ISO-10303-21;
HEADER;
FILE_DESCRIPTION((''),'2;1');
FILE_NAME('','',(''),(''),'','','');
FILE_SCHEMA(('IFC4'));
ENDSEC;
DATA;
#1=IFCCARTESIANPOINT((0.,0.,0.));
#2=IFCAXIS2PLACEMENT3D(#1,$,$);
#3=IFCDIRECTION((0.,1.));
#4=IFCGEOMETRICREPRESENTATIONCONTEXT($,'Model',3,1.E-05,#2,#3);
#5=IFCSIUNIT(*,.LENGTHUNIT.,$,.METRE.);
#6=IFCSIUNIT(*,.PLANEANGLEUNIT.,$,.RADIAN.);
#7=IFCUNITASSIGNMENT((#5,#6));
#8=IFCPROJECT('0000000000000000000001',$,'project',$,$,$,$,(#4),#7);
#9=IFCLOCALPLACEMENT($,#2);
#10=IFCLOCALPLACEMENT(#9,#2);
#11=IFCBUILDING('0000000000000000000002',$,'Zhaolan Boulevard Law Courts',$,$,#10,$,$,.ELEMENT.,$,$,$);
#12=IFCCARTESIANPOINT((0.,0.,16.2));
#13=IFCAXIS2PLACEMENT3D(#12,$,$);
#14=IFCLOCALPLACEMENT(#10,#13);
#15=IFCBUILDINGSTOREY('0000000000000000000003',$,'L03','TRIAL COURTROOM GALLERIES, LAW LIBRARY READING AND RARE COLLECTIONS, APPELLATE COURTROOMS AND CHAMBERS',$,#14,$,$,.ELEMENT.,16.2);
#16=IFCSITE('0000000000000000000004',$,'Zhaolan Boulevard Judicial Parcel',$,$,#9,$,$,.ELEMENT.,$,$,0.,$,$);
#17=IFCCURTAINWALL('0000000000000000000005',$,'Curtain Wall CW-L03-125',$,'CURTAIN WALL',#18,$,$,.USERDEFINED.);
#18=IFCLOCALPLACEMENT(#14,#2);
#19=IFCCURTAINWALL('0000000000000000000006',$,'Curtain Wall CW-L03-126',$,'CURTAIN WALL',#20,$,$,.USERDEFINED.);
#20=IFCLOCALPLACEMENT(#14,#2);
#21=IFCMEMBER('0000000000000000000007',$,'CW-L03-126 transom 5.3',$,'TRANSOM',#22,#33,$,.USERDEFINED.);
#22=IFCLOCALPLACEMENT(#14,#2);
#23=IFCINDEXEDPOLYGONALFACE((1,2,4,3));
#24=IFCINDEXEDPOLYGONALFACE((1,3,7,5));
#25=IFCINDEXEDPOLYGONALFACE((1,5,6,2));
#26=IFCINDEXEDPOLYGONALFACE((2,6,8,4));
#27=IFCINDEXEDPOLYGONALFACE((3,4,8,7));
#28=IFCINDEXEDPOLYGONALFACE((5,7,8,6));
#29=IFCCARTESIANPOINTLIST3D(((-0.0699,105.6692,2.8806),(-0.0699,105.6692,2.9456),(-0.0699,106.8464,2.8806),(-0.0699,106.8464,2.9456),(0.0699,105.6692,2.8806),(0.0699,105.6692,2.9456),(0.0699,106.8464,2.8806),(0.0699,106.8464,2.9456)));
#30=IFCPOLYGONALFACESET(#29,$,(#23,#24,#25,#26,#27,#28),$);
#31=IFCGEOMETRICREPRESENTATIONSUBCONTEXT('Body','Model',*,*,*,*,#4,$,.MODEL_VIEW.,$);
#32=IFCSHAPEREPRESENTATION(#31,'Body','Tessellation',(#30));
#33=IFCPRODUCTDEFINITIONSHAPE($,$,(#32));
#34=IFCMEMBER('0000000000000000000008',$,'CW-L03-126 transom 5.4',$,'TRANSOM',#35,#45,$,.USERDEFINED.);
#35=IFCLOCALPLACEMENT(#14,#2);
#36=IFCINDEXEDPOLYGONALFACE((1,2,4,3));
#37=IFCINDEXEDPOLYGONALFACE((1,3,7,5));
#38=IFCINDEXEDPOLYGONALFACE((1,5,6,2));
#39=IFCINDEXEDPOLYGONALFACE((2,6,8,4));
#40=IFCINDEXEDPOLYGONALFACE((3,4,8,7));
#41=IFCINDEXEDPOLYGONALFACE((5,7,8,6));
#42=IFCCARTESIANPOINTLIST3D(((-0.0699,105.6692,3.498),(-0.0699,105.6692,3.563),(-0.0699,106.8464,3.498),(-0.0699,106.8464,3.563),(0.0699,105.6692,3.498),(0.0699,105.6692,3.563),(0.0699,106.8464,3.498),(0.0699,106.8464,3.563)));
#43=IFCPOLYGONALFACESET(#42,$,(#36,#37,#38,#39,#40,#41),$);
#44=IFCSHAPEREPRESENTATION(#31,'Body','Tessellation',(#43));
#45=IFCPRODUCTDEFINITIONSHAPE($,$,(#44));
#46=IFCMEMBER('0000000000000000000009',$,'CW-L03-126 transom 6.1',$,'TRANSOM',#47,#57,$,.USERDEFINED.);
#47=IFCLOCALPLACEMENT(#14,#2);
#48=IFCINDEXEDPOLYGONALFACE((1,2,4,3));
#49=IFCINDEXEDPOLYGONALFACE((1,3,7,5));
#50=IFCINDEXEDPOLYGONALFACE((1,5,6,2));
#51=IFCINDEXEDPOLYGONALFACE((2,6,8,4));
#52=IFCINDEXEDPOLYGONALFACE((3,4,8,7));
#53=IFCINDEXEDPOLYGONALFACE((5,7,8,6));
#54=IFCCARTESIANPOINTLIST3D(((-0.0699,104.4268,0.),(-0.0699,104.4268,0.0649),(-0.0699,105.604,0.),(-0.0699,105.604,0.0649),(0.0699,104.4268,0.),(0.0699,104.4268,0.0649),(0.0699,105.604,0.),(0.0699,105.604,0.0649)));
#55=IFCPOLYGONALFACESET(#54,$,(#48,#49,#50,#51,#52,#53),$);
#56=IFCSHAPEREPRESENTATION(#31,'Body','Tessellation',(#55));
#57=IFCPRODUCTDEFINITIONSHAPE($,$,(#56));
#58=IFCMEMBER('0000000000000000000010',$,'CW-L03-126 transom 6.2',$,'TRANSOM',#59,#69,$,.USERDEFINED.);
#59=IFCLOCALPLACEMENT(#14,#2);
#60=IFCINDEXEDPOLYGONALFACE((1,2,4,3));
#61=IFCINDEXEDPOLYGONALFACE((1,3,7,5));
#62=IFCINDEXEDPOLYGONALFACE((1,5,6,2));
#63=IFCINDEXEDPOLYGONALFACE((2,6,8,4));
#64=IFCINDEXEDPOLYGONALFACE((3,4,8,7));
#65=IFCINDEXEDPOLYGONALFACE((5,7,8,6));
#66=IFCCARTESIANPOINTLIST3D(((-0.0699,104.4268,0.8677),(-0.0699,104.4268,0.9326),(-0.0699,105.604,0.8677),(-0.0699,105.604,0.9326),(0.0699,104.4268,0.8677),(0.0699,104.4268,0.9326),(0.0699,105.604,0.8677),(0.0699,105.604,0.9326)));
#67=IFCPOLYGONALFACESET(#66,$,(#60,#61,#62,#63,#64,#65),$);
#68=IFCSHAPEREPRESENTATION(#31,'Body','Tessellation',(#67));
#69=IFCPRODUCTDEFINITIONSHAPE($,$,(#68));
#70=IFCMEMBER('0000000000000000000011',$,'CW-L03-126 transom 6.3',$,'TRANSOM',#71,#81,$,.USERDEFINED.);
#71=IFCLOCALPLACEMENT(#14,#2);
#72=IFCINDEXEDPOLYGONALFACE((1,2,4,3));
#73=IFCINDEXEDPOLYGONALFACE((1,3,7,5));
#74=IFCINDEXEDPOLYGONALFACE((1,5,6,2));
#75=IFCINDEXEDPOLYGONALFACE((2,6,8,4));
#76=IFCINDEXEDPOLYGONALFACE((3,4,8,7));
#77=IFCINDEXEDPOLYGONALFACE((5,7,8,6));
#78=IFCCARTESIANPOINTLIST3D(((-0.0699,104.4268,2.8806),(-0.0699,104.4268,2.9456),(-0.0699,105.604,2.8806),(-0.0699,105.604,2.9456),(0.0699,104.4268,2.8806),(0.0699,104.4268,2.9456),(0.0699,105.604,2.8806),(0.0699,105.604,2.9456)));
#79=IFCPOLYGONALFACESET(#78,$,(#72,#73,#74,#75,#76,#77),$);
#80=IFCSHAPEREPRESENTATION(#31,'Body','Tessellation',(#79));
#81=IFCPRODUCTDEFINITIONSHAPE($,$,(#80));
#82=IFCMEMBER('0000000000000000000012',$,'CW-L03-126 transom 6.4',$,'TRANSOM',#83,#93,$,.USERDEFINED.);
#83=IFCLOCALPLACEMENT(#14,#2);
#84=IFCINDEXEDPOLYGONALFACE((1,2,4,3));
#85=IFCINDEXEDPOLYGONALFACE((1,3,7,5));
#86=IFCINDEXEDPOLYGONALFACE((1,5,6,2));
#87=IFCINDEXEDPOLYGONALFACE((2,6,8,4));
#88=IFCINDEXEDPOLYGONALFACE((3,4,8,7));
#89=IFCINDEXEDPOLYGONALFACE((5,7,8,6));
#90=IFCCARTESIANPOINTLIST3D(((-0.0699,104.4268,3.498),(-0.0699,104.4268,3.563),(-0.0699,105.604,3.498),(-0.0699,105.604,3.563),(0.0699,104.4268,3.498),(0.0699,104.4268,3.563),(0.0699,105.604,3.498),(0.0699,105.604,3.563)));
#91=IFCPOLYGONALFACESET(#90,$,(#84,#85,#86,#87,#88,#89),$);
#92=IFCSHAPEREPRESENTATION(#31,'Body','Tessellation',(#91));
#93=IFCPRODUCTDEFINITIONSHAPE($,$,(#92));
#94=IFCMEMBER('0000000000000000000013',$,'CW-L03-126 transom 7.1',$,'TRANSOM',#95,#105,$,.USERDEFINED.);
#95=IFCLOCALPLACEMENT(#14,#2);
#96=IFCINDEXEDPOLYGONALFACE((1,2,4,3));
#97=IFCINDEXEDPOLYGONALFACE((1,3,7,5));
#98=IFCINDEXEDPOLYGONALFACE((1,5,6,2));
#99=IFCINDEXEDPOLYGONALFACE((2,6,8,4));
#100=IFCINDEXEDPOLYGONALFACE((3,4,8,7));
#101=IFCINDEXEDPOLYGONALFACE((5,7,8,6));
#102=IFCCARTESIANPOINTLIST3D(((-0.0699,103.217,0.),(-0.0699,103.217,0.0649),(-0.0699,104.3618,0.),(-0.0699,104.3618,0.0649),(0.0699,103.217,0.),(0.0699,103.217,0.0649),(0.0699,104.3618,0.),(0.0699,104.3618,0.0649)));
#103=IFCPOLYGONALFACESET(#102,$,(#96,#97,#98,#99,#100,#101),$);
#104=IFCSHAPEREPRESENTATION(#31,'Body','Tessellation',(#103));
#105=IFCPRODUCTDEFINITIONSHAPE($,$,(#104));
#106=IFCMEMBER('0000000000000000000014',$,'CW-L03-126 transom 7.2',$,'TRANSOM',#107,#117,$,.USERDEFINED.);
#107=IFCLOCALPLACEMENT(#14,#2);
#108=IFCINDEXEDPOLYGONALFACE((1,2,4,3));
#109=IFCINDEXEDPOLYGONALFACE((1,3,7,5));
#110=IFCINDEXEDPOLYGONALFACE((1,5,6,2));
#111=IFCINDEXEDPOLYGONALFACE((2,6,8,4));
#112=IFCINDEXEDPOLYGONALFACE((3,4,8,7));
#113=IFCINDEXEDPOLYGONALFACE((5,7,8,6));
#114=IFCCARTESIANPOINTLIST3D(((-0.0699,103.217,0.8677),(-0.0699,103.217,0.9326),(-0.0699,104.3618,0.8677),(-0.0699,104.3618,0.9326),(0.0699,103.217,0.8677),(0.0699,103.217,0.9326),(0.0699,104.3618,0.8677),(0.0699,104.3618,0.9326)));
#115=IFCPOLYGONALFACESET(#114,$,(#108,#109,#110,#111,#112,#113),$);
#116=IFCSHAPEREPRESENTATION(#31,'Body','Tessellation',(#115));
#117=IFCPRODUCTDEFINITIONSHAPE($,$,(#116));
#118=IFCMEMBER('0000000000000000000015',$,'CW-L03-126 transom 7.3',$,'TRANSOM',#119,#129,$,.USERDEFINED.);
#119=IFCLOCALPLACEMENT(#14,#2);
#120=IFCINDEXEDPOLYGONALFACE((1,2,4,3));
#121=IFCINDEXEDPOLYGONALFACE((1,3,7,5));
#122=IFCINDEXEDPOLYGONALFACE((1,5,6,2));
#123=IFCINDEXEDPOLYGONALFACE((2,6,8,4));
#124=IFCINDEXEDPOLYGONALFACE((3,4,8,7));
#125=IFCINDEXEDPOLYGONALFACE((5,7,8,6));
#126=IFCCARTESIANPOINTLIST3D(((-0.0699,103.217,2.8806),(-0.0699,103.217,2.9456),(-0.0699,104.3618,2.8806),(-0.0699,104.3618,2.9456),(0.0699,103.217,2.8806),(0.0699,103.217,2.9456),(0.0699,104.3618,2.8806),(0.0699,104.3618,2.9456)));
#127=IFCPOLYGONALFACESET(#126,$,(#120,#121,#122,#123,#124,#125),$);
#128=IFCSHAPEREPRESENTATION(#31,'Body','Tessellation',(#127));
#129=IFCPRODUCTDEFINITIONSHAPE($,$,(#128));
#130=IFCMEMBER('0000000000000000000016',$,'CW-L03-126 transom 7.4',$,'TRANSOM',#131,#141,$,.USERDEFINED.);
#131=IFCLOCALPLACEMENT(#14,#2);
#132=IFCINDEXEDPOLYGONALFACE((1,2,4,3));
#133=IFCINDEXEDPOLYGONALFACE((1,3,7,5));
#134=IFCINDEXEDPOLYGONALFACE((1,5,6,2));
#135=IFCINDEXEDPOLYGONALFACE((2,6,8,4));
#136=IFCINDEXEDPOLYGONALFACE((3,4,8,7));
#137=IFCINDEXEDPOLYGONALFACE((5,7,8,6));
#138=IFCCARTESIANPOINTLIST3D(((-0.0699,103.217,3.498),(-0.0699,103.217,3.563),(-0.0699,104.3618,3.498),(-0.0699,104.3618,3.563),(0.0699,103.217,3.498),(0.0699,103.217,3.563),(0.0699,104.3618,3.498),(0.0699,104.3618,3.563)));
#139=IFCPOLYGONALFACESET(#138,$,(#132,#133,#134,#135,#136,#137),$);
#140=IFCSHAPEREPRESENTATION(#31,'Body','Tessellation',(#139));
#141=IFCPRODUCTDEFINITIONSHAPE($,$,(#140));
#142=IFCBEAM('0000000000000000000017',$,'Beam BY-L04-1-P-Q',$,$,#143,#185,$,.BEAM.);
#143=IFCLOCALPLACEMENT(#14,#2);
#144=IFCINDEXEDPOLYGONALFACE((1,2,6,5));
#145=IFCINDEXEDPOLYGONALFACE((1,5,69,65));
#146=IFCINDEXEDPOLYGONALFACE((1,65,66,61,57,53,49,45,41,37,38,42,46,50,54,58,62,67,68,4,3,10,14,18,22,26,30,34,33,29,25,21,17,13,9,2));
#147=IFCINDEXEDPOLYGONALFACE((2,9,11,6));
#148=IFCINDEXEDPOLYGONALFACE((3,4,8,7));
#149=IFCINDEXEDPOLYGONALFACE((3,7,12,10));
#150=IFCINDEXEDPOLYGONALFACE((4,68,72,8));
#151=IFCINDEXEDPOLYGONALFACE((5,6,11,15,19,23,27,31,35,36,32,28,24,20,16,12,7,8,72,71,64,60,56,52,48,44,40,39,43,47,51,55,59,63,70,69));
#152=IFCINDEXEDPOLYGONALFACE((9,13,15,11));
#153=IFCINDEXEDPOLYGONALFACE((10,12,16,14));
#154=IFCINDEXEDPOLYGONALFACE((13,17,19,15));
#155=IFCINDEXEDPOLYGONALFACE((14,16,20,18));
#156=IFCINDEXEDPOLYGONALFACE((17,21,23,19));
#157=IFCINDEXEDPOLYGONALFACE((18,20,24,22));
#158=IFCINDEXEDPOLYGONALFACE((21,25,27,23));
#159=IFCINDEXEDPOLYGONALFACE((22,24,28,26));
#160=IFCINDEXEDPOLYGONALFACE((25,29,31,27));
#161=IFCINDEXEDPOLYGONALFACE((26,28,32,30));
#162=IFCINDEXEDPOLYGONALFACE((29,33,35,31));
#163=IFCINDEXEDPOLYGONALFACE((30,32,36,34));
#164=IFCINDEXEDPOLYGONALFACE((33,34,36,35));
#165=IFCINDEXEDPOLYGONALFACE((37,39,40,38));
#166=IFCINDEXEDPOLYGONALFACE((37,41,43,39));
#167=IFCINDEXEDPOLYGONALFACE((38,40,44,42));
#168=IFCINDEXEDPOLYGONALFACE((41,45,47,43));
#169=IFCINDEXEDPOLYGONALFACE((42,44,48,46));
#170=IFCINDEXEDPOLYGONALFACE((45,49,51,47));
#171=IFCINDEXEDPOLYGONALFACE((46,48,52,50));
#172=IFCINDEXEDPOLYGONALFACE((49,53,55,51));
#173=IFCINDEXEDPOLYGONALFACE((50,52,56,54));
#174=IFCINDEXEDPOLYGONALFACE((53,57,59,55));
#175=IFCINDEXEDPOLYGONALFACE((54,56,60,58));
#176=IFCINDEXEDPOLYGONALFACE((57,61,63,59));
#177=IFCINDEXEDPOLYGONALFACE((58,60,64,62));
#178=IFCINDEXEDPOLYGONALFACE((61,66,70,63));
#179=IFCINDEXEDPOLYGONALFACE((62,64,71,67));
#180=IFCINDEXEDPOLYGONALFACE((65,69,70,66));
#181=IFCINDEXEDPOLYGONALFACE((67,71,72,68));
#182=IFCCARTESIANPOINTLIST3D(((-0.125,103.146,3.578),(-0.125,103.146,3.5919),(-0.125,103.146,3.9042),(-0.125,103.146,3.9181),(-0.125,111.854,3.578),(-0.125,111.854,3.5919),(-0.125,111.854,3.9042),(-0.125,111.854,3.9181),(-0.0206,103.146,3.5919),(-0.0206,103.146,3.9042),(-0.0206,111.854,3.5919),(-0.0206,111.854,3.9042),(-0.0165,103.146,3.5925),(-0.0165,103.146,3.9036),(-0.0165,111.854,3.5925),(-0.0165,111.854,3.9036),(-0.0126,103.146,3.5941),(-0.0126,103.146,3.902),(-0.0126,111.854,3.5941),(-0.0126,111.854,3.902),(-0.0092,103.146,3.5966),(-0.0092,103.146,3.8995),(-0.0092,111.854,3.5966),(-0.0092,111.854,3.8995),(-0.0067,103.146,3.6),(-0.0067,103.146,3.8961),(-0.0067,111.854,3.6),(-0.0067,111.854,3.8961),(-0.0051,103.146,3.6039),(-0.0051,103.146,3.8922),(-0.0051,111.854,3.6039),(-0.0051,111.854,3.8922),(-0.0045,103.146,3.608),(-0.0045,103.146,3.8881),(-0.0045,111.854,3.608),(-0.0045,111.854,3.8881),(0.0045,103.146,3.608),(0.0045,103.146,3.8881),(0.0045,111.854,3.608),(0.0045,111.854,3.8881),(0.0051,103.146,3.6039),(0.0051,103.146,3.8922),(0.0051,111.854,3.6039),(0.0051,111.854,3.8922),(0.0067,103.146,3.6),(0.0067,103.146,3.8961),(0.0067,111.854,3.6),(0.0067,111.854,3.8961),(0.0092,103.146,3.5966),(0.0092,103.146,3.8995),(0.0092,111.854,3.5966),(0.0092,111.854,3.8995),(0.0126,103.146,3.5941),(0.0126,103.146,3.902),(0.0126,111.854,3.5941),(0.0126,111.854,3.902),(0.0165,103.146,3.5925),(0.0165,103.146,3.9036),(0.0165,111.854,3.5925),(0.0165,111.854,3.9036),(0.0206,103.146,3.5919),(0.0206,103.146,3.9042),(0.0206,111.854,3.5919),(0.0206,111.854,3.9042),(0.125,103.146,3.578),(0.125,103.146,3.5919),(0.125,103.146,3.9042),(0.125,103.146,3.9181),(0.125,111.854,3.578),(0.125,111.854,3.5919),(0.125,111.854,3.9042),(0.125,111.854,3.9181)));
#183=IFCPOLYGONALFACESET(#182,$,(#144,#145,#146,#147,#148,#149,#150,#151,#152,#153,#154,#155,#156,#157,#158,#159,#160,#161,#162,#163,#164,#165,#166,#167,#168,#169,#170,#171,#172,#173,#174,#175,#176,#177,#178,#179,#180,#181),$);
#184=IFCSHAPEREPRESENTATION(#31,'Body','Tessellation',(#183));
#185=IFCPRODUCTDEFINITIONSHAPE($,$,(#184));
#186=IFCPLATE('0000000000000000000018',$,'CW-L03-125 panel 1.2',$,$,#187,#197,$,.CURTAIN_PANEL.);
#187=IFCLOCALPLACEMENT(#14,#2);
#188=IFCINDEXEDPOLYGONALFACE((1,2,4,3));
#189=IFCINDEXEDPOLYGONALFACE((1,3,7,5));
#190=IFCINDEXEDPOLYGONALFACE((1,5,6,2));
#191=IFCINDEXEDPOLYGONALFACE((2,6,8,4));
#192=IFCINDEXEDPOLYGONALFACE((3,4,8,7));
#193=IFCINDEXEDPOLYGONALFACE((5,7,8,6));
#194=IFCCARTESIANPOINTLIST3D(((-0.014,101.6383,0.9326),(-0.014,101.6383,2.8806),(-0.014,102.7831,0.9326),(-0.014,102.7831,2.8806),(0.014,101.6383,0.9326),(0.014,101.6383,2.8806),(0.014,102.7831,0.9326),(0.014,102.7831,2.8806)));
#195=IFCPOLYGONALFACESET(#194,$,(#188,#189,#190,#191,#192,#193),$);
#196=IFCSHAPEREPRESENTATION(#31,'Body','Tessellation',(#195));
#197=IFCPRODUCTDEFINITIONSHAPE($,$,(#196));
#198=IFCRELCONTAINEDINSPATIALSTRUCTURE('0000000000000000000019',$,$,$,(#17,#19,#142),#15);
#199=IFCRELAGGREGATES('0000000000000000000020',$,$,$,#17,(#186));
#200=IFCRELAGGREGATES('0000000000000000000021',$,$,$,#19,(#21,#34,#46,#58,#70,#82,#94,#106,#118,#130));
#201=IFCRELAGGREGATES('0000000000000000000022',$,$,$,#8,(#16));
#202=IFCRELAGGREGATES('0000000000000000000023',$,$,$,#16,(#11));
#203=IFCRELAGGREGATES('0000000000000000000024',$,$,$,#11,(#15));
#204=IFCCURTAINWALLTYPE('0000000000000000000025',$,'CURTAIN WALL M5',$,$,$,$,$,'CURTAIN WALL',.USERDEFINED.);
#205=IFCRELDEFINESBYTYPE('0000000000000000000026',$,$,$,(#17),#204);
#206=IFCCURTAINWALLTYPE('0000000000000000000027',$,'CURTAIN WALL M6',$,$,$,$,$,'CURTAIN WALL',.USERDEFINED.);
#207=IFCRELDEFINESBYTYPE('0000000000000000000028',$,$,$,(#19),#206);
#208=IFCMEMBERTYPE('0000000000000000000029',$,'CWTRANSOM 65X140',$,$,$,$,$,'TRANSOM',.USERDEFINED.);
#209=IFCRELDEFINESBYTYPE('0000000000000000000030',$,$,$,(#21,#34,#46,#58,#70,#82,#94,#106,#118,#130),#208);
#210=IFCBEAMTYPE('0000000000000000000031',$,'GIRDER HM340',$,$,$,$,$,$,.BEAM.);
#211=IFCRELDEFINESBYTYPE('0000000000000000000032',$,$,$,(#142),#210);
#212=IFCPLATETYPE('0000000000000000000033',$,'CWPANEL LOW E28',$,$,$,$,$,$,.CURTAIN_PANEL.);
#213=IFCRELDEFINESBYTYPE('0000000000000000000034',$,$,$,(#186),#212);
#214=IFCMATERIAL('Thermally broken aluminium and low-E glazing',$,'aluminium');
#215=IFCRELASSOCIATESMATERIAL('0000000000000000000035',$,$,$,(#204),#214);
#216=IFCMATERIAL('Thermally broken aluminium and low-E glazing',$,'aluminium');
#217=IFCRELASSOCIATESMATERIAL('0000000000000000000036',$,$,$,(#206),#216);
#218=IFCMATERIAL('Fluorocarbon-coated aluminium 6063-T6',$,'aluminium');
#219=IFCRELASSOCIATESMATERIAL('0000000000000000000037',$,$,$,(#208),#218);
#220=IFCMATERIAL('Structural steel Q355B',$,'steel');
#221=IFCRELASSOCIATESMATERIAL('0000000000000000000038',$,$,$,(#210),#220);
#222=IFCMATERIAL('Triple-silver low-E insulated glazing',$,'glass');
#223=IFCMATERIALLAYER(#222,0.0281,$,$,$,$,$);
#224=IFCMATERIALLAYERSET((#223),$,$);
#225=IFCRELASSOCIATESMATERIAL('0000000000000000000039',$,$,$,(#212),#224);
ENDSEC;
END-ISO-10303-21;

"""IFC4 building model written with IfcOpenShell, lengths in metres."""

from ifc_helpers import new_model, si_unit, direction, frame, origin, origin_2d, place, context, subcontext, project, spatial, rectangle, i_section, extrude, material, layer, layer_set, material_profile, profile_set, type_object, element, aggregate, save


model = new_model("IFC4")

# Units and contexts
model_context = context("Model", 3, precision=1e-05, world=origin(), true_north=direction((0.0, 1.0)))
body_context = subcontext(model_context, "Body", "Model", "MODEL_VIEW")
ifc_project = project(units=[si_unit("LENGTHUNIT", "METRE"), si_unit("PLANEANGLEUNIT", "RADIAN")], contexts=[model_context])

# Site, building, storey
site_placement = place(None, origin())
site = spatial("IfcSite", under=ifc_project, at=site_placement, Name="Zhaolan Boulevard Judicial Parcel", CompositionType="ELEMENT", RefElevation=0.0)
building_placement = place(site_placement, origin())
building = spatial("IfcBuilding", under=site, at=building_placement, Name="Zhaolan Boulevard Law Courts", CompositionType="ELEMENT")
storey_placement = place(building_placement, frame((0.0, 0.0, 16.2)))
storey = spatial("IfcBuildingStorey", under=building, at=storey_placement, Name="L03", Description="TRIAL COURTROOM GALLERIES, LAW LIBRARY READING AND RARE COLLECTIONS, APPELLATE COURTROOMS AND CHAMBERS", CompositionType="ELEMENT", Elevation=16.2)

# Curtain wall
ifc_material_1 = material(Name="Thermally broken aluminium and low-E glazing", Category="aluminium")
curtain_wall_type_1 = type_object("IfcCurtainWallType", Name="CURTAIN WALL M5", ElementType="CURTAIN WALL", PredefinedType="USERDEFINED", material=ifc_material_1)
curtain_wall_1_placement = place(storey_placement, origin())
curtain_wall_1 = element("IfcCurtainWall", 1, at=curtain_wall_1_placement, inside=storey, type_object=curtain_wall_type_1, Name="Curtain Wall CW-L03-125", ObjectType="CURTAIN WALL", PredefinedType="USERDEFINED")

# Curtain wall
ifc_material_2 = material(Name="Thermally broken aluminium and low-E glazing", Category="aluminium")
curtain_wall_type_2 = type_object("IfcCurtainWallType", Name="CURTAIN WALL M6", ElementType="CURTAIN WALL", PredefinedType="USERDEFINED", material=ifc_material_2)
curtain_wall_2_placement = place(storey_placement, origin())
curtain_wall_2 = element("IfcCurtainWall", 2, at=curtain_wall_2_placement, inside=storey, type_object=curtain_wall_type_2, Name="Curtain Wall CW-L03-126", ObjectType="CURTAIN WALL", PredefinedType="USERDEFINED")

# Members
ifc_material_3 = material(Name="Fluorocarbon-coated aluminium 6063-T6", Category="aluminium")
ifc_material_profile_1 = material_profile(ifc_material_3, rectangle(XDim=0.1399, YDim=0.0649, at=origin_2d()), Name="AL65x140")
ifc_profile_set_1 = profile_set([ifc_material_profile_1], Name="Fluorocarbon-coated aluminium 6063-T6")
member_type_1 = type_object("IfcMemberType", Name="CWTRANSOM 65X140", ElementType="TRANSOM", PredefinedType="USERDEFINED", material=ifc_profile_set_1)
member_1_placement = place(storey_placement, frame((0.0, 106.8464, 2.9131), z_axis=(0.0, -1.0, 0.0), x_axis=(1.0, 0.0, 0.0)))
member_1 = element("IfcMember", 3, at=member_1_placement, type_object=member_type_1, Name="CW-L03-126 transom 5.3", ObjectType="TRANSOM", PredefinedType="USERDEFINED", context=body_context, shape_type="SweptSolid", body=[
    extrude(rectangle(XDim=0.1399, YDim=0.0649, at=origin_2d()), origin(), (0.0, 0.0, 1.0), 1.1772),
])
member_2_placement = place(storey_placement, frame((0.0, 106.8464, 3.5305), z_axis=(0.0, -1.0, 0.0), x_axis=(1.0, 0.0, 0.0)))
member_2 = element("IfcMember", 4, at=member_2_placement, type_object=member_type_1, Name="CW-L03-126 transom 5.4", ObjectType="TRANSOM", PredefinedType="USERDEFINED", context=body_context, shape_type="SweptSolid", body=[
    extrude(rectangle(XDim=0.1399, YDim=0.0649, at=origin_2d()), origin(), (0.0, 0.0, 1.0), 1.1772),
])
member_3_placement = place(storey_placement, frame((0.0, 105.604, 0.0325), z_axis=(0.0, -1.0, 0.0), x_axis=(1.0, 0.0, 0.0)))
member_3 = element("IfcMember", 5, at=member_3_placement, type_object=member_type_1, Name="CW-L03-126 transom 6.1", ObjectType="TRANSOM", PredefinedType="USERDEFINED", context=body_context, shape_type="SweptSolid", body=[
    extrude(rectangle(XDim=0.1399, YDim=0.0649, at=origin_2d()), origin(), (0.0, 0.0, 1.0), 1.1772),
])
member_4_placement = place(storey_placement, frame((0.0, 105.604, 0.9001), z_axis=(0.0, -1.0, 0.0), x_axis=(1.0, 0.0, 0.0)))
member_4 = element("IfcMember", 6, at=member_4_placement, type_object=member_type_1, Name="CW-L03-126 transom 6.2", ObjectType="TRANSOM", PredefinedType="USERDEFINED", context=body_context, shape_type="SweptSolid", body=[
    extrude(rectangle(XDim=0.1399, YDim=0.0649, at=origin_2d()), origin(), (0.0, 0.0, 1.0), 1.1772),
])
member_5_placement = place(storey_placement, frame((0.0, 105.604, 2.9131), z_axis=(0.0, -1.0, 0.0), x_axis=(1.0, 0.0, 0.0)))
member_5 = element("IfcMember", 7, at=member_5_placement, type_object=member_type_1, Name="CW-L03-126 transom 6.3", ObjectType="TRANSOM", PredefinedType="USERDEFINED", context=body_context, shape_type="SweptSolid", body=[
    extrude(rectangle(XDim=0.1399, YDim=0.0649, at=origin_2d()), origin(), (0.0, 0.0, 1.0), 1.1772),
])
member_6_placement = place(storey_placement, frame((0.0, 105.604, 3.5305), z_axis=(0.0, -1.0, 0.0), x_axis=(1.0, 0.0, 0.0)))
member_6 = element("IfcMember", 8, at=member_6_placement, type_object=member_type_1, Name="CW-L03-126 transom 6.4", ObjectType="TRANSOM", PredefinedType="USERDEFINED", context=body_context, shape_type="SweptSolid", body=[
    extrude(rectangle(XDim=0.1399, YDim=0.0649, at=origin_2d()), origin(), (0.0, 0.0, 1.0), 1.1772),
])
member_7_placement = place(storey_placement, frame((0.0, 104.3618, 0.0325), z_axis=(0.0, -1.0, 0.0), x_axis=(1.0, 0.0, 0.0)))
member_7 = element("IfcMember", 9, at=member_7_placement, type_object=member_type_1, Name="CW-L03-126 transom 7.1", ObjectType="TRANSOM", PredefinedType="USERDEFINED", context=body_context, shape_type="SweptSolid", body=[
    extrude(rectangle(XDim=0.1399, YDim=0.0649, at=origin_2d()), origin(), (0.0, 0.0, 1.0), 1.1448),
])
member_8_placement = place(storey_placement, frame((0.0, 104.3618, 0.9001), z_axis=(0.0, -1.0, 0.0), x_axis=(1.0, 0.0, 0.0)))
member_8 = element("IfcMember", 10, at=member_8_placement, type_object=member_type_1, Name="CW-L03-126 transom 7.2", ObjectType="TRANSOM", PredefinedType="USERDEFINED", context=body_context, shape_type="SweptSolid", body=[
    extrude(rectangle(XDim=0.1399, YDim=0.0649, at=origin_2d()), origin(), (0.0, 0.0, 1.0), 1.1448),
])
member_9_placement = place(storey_placement, frame((0.0, 104.3618, 2.9131), z_axis=(0.0, -1.0, 0.0), x_axis=(1.0, 0.0, 0.0)))
member_9 = element("IfcMember", 11, at=member_9_placement, type_object=member_type_1, Name="CW-L03-126 transom 7.3", ObjectType="TRANSOM", PredefinedType="USERDEFINED", context=body_context, shape_type="SweptSolid", body=[
    extrude(rectangle(XDim=0.1399, YDim=0.0649, at=origin_2d()), origin(), (0.0, 0.0, 1.0), 1.1448),
])
member_10_placement = place(storey_placement, frame((0.0, 104.3618, 3.5305), z_axis=(0.0, -1.0, 0.0), x_axis=(1.0, 0.0, 0.0)))
member_10 = element("IfcMember", 12, at=member_10_placement, type_object=member_type_1, Name="CW-L03-126 transom 7.4", ObjectType="TRANSOM", PredefinedType="USERDEFINED", context=body_context, shape_type="SweptSolid", body=[
    extrude(rectangle(XDim=0.1399, YDim=0.0649, at=origin_2d()), origin(), (0.0, 0.0, 1.0), 1.1448),
])

# Beam
ifc_material_4 = material(Name="Structural steel Q355B", Category="steel")
ifc_material_profile_2 = material_profile(ifc_material_4, i_section(OverallWidth=0.25, OverallDepth=0.3401, WebThickness=0.009, FlangeThickness=0.0139, FilletRadius=0.0161, at=origin_2d()), Name="HM340x250")
ifc_profile_set_2 = profile_set([ifc_material_profile_2], Name="Structural steel Q355B")
beam_type = type_object("IfcBeamType", Name="GIRDER HM340", PredefinedType="BEAM", material=ifc_profile_set_2)
beam_placement = place(storey_placement, frame((0.0, 103.146, 3.748), z_axis=(0.0, 1.0, 0.0), x_axis=(-1.0, 0.0, 0.0)))
element("IfcBeam", 13, at=beam_placement, inside=storey, type_object=beam_type, Name="Beam BY-L04-1-P-Q", PredefinedType="BEAM", context=body_context, shape_type="SweptSolid", body=[
    extrude(i_section(OverallWidth=0.25, OverallDepth=0.3401, WebThickness=0.009, FlangeThickness=0.0139, FilletRadius=0.0161, at=origin_2d()), origin(), (0.0, 0.0, 1.0), 8.708),
])

# Plate
ifc_material_5 = material(Name="Triple-silver low-E insulated glazing", Category="glass")
ifc_layer = layer(ifc_material_5, 0.0281)
ifc_layer_set = layer_set([ifc_layer])
plate_type = type_object("IfcPlateType", Name="CWPANEL LOW E28", PredefinedType="CURTAIN_PANEL", material=ifc_layer_set)
plate_1_placement = place(storey_placement, frame((0.0, 102.2107, 0.9326), z_axis=(0.0, 0.0, 1.0), x_axis=(0.0, -1.0, 0.0)))
plate_1 = element("IfcPlate", 14, at=plate_1_placement, type_object=plate_type, Name="CW-L03-125 panel 1.2", PredefinedType="CURTAIN_PANEL", context=body_context, shape_type="SweptSolid", body=[
    extrude(rectangle(XDim=1.1448, YDim=0.0281, at=origin_2d()), origin(), (0.0, 0.0, 1.0), 1.948),
])
aggregate(curtain_wall_1, [plate_1])
aggregate(curtain_wall_2, [member_1, member_2, member_3, member_4, member_5, member_6, member_7, member_8, member_9, member_10])

save(model, "model.ifc")
